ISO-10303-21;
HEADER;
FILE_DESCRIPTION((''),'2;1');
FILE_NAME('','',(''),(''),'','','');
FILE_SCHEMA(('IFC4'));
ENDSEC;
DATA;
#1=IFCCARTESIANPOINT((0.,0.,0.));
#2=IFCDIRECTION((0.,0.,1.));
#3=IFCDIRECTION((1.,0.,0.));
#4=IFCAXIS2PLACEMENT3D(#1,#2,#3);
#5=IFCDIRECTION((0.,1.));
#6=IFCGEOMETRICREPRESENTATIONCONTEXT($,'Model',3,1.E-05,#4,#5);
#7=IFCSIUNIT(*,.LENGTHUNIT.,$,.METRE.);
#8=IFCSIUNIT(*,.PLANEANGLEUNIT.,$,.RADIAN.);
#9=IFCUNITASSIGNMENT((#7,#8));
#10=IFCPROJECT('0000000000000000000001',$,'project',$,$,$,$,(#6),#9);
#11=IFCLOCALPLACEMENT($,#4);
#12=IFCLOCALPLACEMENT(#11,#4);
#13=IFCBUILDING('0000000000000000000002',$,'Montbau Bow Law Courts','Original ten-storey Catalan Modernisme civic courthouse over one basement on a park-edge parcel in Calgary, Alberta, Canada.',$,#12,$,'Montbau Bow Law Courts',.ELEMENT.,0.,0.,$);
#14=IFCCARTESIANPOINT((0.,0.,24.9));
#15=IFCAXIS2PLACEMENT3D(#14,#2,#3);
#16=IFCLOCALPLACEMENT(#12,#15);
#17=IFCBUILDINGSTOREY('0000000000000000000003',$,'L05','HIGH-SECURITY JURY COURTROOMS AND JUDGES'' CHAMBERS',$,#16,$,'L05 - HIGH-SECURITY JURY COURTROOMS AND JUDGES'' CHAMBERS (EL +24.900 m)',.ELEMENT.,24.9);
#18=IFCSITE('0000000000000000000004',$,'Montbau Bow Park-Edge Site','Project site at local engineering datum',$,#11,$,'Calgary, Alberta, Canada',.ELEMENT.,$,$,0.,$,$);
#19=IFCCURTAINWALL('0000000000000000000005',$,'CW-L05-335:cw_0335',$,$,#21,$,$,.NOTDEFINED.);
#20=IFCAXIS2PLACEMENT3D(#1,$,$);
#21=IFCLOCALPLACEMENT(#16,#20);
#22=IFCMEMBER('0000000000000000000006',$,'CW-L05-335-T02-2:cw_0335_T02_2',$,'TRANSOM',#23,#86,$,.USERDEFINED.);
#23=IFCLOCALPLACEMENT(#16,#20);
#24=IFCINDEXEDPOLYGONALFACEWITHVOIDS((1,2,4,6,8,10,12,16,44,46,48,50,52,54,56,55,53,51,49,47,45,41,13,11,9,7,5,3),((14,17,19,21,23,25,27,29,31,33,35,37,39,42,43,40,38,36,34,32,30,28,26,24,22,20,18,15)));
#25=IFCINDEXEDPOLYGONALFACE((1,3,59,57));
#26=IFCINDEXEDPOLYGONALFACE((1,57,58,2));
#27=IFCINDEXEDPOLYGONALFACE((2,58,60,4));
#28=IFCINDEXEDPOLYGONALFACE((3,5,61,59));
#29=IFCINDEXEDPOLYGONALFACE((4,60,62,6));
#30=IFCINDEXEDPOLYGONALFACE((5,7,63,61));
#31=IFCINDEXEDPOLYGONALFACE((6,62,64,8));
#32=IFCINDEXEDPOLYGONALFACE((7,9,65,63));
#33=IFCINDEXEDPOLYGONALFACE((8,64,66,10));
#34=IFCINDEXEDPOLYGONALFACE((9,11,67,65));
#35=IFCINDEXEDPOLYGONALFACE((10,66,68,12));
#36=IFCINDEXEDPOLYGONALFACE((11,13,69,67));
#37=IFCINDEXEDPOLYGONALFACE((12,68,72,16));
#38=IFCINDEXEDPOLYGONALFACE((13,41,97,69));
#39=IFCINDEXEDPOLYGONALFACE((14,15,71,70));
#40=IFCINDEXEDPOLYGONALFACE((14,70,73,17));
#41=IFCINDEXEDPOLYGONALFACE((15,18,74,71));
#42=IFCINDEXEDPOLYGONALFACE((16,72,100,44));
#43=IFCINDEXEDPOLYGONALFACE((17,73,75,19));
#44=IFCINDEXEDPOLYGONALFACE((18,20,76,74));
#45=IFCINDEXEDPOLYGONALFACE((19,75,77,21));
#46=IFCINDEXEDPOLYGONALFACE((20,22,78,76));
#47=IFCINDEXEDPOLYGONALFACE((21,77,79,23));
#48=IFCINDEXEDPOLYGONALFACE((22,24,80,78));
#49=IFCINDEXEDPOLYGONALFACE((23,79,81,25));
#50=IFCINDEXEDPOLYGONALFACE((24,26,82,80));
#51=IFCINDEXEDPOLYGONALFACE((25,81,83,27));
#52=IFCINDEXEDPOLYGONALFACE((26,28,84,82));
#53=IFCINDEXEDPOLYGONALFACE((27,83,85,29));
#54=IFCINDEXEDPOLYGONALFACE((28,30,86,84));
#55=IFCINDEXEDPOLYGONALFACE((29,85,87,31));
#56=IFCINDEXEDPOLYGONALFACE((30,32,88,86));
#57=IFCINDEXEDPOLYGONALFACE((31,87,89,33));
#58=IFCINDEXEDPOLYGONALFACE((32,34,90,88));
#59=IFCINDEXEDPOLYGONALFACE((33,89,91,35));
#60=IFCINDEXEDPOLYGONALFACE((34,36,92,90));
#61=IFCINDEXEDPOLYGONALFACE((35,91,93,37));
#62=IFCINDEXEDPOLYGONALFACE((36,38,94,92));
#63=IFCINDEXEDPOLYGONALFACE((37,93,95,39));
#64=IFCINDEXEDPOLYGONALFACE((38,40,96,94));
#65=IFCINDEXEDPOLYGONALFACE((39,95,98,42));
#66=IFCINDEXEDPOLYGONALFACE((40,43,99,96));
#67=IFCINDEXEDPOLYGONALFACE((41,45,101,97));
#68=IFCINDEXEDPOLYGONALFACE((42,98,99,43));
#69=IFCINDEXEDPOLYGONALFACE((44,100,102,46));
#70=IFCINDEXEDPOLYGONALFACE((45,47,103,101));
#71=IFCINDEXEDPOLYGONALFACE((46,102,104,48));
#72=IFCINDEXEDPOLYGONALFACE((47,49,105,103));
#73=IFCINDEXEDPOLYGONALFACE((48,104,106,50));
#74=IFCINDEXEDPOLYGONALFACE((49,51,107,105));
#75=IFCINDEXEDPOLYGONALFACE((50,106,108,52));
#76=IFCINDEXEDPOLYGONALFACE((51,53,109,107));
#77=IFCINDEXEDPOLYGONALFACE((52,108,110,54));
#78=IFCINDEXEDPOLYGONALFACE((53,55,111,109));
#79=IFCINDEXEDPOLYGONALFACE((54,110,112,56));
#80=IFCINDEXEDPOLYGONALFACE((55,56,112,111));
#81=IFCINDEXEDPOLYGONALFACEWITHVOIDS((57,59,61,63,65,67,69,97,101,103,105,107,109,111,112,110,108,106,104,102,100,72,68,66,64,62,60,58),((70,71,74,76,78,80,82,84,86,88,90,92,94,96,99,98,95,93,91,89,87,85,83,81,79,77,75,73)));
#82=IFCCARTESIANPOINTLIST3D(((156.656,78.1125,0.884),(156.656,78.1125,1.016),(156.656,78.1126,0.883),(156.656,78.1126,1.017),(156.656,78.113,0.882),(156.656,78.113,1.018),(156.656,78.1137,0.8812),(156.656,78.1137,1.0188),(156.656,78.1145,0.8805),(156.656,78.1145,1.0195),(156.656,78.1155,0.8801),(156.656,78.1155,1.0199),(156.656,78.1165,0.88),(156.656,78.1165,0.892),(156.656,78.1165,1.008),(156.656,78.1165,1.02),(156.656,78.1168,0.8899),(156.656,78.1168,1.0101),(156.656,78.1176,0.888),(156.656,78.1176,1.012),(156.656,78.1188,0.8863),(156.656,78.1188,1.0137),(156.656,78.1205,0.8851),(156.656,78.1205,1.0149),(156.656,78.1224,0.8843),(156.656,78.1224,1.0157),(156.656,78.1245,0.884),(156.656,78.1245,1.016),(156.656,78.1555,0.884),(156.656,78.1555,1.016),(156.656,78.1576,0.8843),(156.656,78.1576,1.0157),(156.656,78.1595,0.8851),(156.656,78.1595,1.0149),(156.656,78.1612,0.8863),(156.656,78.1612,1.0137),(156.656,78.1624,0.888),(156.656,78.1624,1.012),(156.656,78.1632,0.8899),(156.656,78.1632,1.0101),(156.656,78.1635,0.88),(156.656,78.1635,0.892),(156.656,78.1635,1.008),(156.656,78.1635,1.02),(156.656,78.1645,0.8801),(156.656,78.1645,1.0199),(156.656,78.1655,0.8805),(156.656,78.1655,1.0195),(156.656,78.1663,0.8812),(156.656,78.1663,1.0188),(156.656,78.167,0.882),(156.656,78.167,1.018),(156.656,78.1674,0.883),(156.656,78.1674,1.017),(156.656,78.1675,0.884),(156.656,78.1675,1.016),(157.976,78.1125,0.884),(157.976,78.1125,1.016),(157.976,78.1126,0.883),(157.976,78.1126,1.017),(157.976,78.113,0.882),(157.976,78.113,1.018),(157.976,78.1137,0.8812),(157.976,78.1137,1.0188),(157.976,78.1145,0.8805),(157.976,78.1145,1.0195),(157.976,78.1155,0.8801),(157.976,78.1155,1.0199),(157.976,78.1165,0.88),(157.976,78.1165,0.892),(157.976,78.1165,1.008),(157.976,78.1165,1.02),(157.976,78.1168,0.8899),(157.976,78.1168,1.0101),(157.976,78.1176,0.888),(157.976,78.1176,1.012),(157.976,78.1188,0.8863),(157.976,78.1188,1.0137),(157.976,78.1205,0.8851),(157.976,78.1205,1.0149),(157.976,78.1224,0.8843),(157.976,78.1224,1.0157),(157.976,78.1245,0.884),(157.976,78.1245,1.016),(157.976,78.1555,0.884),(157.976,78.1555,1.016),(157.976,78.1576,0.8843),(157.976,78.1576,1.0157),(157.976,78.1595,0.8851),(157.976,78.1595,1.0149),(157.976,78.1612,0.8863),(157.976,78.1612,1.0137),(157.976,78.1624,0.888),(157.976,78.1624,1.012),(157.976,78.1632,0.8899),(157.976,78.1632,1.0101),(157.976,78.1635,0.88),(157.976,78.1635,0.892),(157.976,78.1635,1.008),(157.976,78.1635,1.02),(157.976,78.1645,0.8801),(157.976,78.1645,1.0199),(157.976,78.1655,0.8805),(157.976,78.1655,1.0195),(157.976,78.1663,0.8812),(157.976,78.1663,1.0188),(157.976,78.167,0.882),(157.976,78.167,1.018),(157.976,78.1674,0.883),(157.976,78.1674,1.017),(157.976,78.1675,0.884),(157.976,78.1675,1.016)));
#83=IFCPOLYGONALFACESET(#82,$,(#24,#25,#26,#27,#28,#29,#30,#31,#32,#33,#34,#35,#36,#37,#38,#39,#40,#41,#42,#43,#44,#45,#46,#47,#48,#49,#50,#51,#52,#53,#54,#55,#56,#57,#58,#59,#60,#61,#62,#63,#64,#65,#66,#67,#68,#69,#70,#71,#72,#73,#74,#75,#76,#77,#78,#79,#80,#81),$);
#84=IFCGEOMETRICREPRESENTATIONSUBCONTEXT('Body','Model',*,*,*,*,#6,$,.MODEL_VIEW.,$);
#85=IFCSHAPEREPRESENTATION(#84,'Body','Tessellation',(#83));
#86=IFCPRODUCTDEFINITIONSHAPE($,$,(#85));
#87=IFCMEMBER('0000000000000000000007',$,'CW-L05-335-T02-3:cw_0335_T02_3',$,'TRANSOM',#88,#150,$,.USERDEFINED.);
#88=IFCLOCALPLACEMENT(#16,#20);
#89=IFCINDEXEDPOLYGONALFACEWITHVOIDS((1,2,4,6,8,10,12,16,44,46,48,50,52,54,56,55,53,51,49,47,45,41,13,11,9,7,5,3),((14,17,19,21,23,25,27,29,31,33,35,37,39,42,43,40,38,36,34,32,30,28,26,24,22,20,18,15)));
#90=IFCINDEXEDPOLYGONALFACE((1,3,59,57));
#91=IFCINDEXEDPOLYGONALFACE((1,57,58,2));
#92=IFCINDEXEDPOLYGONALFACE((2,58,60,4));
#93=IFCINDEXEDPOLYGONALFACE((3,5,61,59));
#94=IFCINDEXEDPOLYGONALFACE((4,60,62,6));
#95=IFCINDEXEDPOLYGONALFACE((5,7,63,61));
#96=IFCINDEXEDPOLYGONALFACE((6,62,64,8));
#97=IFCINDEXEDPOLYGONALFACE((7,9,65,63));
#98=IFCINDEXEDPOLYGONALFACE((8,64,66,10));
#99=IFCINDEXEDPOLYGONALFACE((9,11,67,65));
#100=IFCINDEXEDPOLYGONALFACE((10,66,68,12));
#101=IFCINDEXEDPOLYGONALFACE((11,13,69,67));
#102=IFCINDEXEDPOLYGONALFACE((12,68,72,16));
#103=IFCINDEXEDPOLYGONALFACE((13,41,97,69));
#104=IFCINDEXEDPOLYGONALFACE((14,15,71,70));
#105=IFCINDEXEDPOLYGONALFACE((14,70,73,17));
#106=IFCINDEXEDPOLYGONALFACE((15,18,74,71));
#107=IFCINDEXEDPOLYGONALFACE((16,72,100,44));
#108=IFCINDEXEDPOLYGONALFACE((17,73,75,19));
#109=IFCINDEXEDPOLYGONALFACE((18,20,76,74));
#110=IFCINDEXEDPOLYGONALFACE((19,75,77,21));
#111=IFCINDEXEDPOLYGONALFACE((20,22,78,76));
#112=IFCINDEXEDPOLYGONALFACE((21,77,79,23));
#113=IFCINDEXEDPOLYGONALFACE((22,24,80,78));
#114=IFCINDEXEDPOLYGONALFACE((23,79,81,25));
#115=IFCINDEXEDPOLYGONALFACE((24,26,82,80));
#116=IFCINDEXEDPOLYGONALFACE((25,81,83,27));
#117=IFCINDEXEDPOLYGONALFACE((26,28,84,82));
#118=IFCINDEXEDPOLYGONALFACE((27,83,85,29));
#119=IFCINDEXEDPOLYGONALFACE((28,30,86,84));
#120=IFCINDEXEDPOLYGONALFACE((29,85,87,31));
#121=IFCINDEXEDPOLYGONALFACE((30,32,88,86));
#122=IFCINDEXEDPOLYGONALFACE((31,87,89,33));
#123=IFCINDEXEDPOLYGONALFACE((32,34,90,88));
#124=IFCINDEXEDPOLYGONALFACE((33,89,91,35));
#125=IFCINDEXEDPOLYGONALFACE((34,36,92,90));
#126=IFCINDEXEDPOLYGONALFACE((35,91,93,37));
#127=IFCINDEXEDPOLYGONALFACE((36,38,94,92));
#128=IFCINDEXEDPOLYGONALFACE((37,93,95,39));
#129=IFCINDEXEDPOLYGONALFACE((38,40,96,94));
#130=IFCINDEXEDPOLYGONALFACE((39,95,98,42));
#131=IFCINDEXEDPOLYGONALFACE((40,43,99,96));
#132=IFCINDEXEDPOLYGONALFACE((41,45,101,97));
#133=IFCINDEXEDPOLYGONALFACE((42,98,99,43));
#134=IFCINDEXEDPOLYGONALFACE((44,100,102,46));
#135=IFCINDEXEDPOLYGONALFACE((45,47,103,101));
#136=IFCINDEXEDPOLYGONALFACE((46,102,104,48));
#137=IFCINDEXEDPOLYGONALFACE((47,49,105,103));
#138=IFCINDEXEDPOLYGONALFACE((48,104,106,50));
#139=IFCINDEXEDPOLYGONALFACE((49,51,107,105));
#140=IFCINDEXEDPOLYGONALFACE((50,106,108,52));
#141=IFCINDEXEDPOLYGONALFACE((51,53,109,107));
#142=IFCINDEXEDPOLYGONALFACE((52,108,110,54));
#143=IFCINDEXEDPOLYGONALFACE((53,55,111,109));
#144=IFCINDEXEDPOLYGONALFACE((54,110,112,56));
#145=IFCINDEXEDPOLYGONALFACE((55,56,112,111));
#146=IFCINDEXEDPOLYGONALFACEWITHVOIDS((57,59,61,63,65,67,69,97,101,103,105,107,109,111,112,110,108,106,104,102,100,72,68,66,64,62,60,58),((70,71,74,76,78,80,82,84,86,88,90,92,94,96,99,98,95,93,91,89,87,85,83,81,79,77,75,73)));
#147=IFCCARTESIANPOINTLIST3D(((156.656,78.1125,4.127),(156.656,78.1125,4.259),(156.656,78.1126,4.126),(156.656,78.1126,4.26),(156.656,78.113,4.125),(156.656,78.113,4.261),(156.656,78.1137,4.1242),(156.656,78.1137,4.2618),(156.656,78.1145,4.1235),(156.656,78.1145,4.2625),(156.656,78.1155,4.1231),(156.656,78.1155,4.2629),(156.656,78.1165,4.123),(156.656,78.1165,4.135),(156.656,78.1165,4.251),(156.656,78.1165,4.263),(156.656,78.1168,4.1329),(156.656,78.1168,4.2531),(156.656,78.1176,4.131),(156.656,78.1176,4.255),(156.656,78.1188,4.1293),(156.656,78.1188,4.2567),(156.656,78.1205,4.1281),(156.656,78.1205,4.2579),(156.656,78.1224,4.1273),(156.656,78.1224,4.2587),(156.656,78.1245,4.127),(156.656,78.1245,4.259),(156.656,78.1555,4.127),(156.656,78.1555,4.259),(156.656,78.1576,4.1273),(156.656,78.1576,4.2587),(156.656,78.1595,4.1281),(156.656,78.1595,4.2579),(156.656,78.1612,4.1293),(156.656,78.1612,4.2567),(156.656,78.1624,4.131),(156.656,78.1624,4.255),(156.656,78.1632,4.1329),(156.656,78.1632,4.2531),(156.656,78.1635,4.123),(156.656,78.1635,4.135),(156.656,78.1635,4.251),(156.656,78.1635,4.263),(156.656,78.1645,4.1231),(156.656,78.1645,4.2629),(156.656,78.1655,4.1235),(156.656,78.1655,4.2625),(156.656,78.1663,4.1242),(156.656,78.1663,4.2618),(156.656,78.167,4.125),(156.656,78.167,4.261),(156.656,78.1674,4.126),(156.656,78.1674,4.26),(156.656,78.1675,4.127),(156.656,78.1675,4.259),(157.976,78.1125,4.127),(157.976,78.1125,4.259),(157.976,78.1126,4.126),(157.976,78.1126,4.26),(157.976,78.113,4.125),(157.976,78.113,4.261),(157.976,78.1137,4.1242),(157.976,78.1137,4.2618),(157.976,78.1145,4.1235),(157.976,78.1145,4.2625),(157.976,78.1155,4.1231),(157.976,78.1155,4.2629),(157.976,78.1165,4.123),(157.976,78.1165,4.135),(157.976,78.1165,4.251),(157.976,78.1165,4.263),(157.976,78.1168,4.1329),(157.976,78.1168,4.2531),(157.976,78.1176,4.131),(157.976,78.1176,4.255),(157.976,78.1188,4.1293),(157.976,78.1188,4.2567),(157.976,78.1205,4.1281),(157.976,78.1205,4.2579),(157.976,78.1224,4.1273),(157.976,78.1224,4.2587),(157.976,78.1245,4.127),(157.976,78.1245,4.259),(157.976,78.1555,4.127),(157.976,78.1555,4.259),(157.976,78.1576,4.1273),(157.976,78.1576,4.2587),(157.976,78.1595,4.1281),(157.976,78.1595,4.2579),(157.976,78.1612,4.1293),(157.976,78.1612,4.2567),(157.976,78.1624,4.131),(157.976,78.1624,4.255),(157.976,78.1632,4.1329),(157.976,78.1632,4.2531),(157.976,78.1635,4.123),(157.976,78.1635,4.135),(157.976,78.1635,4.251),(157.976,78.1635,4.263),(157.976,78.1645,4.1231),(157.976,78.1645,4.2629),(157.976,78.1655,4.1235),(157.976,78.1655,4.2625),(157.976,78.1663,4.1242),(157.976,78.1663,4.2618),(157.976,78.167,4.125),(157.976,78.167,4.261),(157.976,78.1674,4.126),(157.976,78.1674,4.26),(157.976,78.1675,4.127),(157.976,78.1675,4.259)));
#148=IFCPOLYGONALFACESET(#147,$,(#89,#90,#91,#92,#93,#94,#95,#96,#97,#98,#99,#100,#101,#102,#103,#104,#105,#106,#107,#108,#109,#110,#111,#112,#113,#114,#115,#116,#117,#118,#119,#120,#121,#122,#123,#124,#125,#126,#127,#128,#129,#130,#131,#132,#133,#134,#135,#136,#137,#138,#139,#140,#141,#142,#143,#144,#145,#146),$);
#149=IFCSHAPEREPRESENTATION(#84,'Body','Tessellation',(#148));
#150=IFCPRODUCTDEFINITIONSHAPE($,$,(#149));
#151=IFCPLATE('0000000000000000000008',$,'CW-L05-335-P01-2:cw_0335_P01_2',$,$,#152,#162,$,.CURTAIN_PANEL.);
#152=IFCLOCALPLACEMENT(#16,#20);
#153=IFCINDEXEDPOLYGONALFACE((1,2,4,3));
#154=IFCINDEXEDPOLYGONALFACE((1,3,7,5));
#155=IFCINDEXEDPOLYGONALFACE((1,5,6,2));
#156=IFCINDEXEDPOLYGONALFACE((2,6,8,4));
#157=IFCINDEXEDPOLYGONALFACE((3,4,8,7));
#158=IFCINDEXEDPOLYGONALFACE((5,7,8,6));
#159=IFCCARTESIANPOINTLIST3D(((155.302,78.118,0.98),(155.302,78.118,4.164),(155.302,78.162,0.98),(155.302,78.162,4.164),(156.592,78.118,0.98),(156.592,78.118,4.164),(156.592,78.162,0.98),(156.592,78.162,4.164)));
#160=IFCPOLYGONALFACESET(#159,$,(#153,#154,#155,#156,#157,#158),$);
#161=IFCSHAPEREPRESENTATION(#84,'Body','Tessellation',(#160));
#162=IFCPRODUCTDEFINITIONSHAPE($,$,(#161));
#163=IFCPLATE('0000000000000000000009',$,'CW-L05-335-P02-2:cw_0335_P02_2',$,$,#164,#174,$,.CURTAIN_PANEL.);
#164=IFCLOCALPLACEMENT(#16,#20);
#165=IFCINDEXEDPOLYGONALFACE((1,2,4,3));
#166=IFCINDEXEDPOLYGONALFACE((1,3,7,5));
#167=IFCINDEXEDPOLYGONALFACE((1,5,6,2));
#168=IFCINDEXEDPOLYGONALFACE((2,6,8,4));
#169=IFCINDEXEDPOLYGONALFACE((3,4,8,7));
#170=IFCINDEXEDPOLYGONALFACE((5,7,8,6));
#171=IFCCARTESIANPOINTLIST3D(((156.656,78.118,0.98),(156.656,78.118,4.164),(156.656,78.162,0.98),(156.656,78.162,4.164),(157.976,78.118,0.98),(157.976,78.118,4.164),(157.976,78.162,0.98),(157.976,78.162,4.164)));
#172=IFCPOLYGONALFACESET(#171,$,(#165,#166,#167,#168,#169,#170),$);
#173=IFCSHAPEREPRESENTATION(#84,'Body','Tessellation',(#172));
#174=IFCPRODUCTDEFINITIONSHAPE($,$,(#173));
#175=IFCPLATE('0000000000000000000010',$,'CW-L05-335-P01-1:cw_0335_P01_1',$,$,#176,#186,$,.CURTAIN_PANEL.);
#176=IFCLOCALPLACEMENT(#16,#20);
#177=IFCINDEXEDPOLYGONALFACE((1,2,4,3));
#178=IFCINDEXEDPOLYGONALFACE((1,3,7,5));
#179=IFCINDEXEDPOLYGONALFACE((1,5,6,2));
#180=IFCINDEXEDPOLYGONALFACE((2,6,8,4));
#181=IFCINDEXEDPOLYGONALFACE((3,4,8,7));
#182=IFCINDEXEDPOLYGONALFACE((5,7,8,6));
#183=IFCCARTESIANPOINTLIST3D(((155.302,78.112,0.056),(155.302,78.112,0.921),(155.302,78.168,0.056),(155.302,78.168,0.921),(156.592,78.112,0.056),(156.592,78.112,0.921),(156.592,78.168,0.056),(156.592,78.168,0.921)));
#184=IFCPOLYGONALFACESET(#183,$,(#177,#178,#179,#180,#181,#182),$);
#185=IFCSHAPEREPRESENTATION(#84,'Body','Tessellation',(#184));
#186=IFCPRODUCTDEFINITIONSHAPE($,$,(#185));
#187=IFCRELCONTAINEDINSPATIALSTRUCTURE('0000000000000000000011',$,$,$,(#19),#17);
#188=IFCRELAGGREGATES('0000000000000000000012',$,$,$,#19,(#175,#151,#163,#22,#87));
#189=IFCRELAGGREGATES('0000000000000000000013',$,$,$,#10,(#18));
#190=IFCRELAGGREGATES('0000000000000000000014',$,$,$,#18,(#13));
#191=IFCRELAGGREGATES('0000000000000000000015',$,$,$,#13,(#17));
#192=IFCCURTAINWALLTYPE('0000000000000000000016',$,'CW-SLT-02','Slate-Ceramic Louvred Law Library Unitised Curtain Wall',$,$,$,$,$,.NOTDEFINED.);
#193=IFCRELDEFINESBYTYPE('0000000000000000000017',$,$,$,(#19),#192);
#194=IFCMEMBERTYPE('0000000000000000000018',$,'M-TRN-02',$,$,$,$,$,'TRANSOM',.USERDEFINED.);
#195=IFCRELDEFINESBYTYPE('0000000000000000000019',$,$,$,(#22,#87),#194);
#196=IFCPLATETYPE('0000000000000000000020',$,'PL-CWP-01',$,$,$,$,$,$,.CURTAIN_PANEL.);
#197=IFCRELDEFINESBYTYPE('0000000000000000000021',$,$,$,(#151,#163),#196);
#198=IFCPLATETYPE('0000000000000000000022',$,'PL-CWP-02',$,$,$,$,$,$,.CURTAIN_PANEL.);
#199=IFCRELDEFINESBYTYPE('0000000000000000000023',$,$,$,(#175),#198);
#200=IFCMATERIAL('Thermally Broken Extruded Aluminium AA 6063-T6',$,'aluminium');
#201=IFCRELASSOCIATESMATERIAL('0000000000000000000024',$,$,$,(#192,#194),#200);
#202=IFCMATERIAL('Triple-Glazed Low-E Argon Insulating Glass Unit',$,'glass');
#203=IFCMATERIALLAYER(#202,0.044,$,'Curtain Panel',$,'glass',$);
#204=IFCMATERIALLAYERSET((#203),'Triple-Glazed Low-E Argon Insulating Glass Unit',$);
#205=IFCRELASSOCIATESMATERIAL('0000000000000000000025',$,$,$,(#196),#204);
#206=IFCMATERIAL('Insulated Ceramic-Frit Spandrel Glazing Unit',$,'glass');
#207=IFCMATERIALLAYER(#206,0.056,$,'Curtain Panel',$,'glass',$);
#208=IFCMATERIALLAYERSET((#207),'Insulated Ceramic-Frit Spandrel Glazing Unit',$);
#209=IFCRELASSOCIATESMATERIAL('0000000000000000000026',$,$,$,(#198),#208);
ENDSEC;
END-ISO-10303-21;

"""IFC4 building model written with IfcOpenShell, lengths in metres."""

from ifc_helpers import new_model, si_unit, direction, frame, frame_2d, origin_with_axes, origin_2d_with_axis, place, context, subcontext, project, spatial, rectangle, hollow_rectangle, extrude, material, layer, layer_set, material_profile, profile_set, type_object, element, aggregate, save


model = new_model("IFC4")

# Units and contexts
model_context = context("Model", 3, precision=1e-05, world=origin_with_axes(), true_north=direction((0.0, 1.0)))
body_context = subcontext(model_context, "Body", "Model", "MODEL_VIEW")
ifc_project = project(units=[si_unit("LENGTHUNIT", "METRE"), si_unit("PLANEANGLEUNIT", "RADIAN")], contexts=[model_context])

# Site, building, storey
site_placement = place(None, origin_with_axes())
site = spatial("IfcSite", under=ifc_project, at=site_placement, Name="Montbau Bow Park-Edge Site", Description="Project site at local engineering datum", LongName="Calgary, Alberta, Canada", CompositionType="ELEMENT", RefElevation=0.0)
building_placement = place(site_placement, origin_with_axes())
building = spatial("IfcBuilding", under=site, at=building_placement, Name="Montbau Bow Law Courts", Description="Original ten-storey Catalan Modernisme civic courthouse over one basement on a park-edge parcel in Calgary, Alberta, Canada.", LongName="Montbau Bow Law Courts", CompositionType="ELEMENT", ElevationOfRefHeight=0.0, ElevationOfTerrain=0.0)
storey_placement = place(building_placement, frame((0.0, 0.0, 24.9), z_axis=(0.0, 0.0, 1.0), x_axis=(1.0, 0.0, 0.0)))
storey = spatial("IfcBuildingStorey", under=building, at=storey_placement, Name="L05", Description="HIGH-SECURITY JURY COURTROOMS AND JUDGES' CHAMBERS", LongName="L05 - HIGH-SECURITY JURY COURTROOMS AND JUDGES' CHAMBERS (EL +24.900 m)", CompositionType="ELEMENT", Elevation=24.9)

# Curtain wall, members, plates
ifc_material_1 = material(Name="Thermally Broken Extruded Aluminium AA 6063-T6", Category="aluminium")
curtain_wall_type = type_object("IfcCurtainWallType", Name="CW-SLT-02", Description="Slate-Ceramic Louvred Law Library Unitised Curtain Wall", PredefinedType="NOTDEFINED", material=ifc_material_1)
curtain_wall_placement = place(None, frame((155.24, 78.14, 24.9), z_axis=(0.0, 0.0, 1.0), x_axis=(1.0, 0.0, 0.0)))
curtain_wall = element("IfcCurtainWall", 1, at=curtain_wall_placement, inside=storey, type_object=curtain_wall_type, Name="CW-L05-335:cw_0335", PredefinedType="NOTDEFINED")
ifc_material_profile_1 = material_profile(ifc_material_1, hollow_rectangle(XDim=0.055, YDim=0.14, WallThickness=0.004, InnerFilletRadius=0.008, OuterFilletRadius=0.004, at=origin_2d_with_axis()), Name="CWT-140X55", Category="Main", Priority=0)
ifc_profile_set_1 = profile_set([ifc_material_profile_1], Name="Thermally Broken Extruded Aluminium AA 6063-T6")
member_type_1 = type_object("IfcMemberType", Name="M-TRN-02", ElementType="TRANSOM", PredefinedType="USERDEFINED", material=ifc_profile_set_1)
member_1_placement = place(None, frame((156.656, 78.14, 25.85), z_axis=(1.0, 0.0, 0.0), x_axis=(0.0, 1.0, 0.0)))
member_1 = element("IfcMember", 2, at=member_1_placement, type_object=member_type_1, Name="CW-L05-335-T02-2:cw_0335_T02_2", ObjectType="TRANSOM", PredefinedType="USERDEFINED", context=body_context, shape_type="SweptSolid", body=[
    extrude(hollow_rectangle(XDim=0.055, YDim=0.14, WallThickness=0.004, InnerFilletRadius=0.008, OuterFilletRadius=0.004, at=origin_2d_with_axis()), origin_with_axes(), (0.0, 0.0, 1.0), 1.32),
])
member_2_placement = place(None, frame((156.656, 78.14, 29.093), z_axis=(1.0, 0.0, 0.0), x_axis=(0.0, 1.0, 0.0)))
member_2 = element("IfcMember", 3, at=member_2_placement, type_object=member_type_1, Name="CW-L05-335-T02-3:cw_0335_T02_3", ObjectType="TRANSOM", PredefinedType="USERDEFINED", context=body_context, shape_type="SweptSolid", body=[
    extrude(hollow_rectangle(XDim=0.055, YDim=0.14, WallThickness=0.004, InnerFilletRadius=0.008, OuterFilletRadius=0.004, at=origin_2d_with_axis()), origin_with_axes(), (0.0, 0.0, 1.0), 1.32),
])
ifc_material_2 = material(Name="Triple-Glazed Low-E Argon Insulating Glass Unit", Category="glass")
ifc_layer_1 = layer(ifc_material_2, 0.044, Name="Curtain Panel", Category="glass")
ifc_layer_set_1 = layer_set([ifc_layer_1], Name="Triple-Glazed Low-E Argon Insulating Glass Unit")
plate_type_1 = type_object("IfcPlateType", Name="PL-CWP-01", PredefinedType="CURTAIN_PANEL", material=ifc_layer_set_1)
plate_1_placement = place(None, frame((155.302, 78.14, 25.88), z_axis=(0.0, -1.0, 0.0), x_axis=(1.0, 0.0, 0.0)))
plate_1 = element("IfcPlate", 4, at=plate_1_placement, type_object=plate_type_1, Name="CW-L05-335-P01-2:cw_0335_P01_2", PredefinedType="CURTAIN_PANEL", context=body_context, shape_type="SweptSolid", body=[
    extrude(rectangle(XDim=1.29, YDim=3.184, at=frame_2d((0.645, 1.592), x_axis=(1.0, 0.0))), frame((0.0, 0.0, -0.022), z_axis=(0.0, 0.0, 1.0), x_axis=(1.0, 0.0, 0.0)), (0.0, 0.0, 1.0), 0.044),
])
plate_2_placement = place(None, frame((156.656, 78.14, 25.88), z_axis=(0.0, -1.0, 0.0), x_axis=(1.0, 0.0, 0.0)))
plate_2 = element("IfcPlate", 5, at=plate_2_placement, type_object=plate_type_1, Name="CW-L05-335-P02-2:cw_0335_P02_2", PredefinedType="CURTAIN_PANEL", context=body_context, shape_type="SweptSolid", body=[
    extrude(rectangle(XDim=1.32, YDim=3.184, at=frame_2d((0.66, 1.592), x_axis=(1.0, 0.0))), frame((0.0, 0.0, -0.022), z_axis=(0.0, 0.0, 1.0), x_axis=(1.0, 0.0, 0.0)), (0.0, 0.0, 1.0), 0.044),
])
ifc_material_3 = material(Name="Insulated Ceramic-Frit Spandrel Glazing Unit", Category="glass")
ifc_layer_2 = layer(ifc_material_3, 0.056, Name="Curtain Panel", Category="glass")
ifc_layer_set_2 = layer_set([ifc_layer_2], Name="Insulated Ceramic-Frit Spandrel Glazing Unit")
plate_type_2 = type_object("IfcPlateType", Name="PL-CWP-02", PredefinedType="CURTAIN_PANEL", material=ifc_layer_set_2)
plate_3_placement = place(None, frame((155.302, 78.14, 24.956), z_axis=(0.0, -1.0, 0.0), x_axis=(1.0, 0.0, 0.0)))
plate_3 = element("IfcPlate", 6, at=plate_3_placement, type_object=plate_type_2, Name="CW-L05-335-P01-1:cw_0335_P01_1", PredefinedType="CURTAIN_PANEL", context=body_context, shape_type="SweptSolid", body=[
    extrude(rectangle(XDim=1.29, YDim=0.865, at=frame_2d((0.645, 0.4325), x_axis=(1.0, 0.0))), frame((0.0, 0.0, -0.028), z_axis=(0.0, 0.0, 1.0), x_axis=(1.0, 0.0, 0.0)), (0.0, 0.0, 1.0), 0.056),
])
aggregate(curtain_wall, [plate_3, plate_1, plate_2, member_1, member_2])

save(model, "model.ifc")
